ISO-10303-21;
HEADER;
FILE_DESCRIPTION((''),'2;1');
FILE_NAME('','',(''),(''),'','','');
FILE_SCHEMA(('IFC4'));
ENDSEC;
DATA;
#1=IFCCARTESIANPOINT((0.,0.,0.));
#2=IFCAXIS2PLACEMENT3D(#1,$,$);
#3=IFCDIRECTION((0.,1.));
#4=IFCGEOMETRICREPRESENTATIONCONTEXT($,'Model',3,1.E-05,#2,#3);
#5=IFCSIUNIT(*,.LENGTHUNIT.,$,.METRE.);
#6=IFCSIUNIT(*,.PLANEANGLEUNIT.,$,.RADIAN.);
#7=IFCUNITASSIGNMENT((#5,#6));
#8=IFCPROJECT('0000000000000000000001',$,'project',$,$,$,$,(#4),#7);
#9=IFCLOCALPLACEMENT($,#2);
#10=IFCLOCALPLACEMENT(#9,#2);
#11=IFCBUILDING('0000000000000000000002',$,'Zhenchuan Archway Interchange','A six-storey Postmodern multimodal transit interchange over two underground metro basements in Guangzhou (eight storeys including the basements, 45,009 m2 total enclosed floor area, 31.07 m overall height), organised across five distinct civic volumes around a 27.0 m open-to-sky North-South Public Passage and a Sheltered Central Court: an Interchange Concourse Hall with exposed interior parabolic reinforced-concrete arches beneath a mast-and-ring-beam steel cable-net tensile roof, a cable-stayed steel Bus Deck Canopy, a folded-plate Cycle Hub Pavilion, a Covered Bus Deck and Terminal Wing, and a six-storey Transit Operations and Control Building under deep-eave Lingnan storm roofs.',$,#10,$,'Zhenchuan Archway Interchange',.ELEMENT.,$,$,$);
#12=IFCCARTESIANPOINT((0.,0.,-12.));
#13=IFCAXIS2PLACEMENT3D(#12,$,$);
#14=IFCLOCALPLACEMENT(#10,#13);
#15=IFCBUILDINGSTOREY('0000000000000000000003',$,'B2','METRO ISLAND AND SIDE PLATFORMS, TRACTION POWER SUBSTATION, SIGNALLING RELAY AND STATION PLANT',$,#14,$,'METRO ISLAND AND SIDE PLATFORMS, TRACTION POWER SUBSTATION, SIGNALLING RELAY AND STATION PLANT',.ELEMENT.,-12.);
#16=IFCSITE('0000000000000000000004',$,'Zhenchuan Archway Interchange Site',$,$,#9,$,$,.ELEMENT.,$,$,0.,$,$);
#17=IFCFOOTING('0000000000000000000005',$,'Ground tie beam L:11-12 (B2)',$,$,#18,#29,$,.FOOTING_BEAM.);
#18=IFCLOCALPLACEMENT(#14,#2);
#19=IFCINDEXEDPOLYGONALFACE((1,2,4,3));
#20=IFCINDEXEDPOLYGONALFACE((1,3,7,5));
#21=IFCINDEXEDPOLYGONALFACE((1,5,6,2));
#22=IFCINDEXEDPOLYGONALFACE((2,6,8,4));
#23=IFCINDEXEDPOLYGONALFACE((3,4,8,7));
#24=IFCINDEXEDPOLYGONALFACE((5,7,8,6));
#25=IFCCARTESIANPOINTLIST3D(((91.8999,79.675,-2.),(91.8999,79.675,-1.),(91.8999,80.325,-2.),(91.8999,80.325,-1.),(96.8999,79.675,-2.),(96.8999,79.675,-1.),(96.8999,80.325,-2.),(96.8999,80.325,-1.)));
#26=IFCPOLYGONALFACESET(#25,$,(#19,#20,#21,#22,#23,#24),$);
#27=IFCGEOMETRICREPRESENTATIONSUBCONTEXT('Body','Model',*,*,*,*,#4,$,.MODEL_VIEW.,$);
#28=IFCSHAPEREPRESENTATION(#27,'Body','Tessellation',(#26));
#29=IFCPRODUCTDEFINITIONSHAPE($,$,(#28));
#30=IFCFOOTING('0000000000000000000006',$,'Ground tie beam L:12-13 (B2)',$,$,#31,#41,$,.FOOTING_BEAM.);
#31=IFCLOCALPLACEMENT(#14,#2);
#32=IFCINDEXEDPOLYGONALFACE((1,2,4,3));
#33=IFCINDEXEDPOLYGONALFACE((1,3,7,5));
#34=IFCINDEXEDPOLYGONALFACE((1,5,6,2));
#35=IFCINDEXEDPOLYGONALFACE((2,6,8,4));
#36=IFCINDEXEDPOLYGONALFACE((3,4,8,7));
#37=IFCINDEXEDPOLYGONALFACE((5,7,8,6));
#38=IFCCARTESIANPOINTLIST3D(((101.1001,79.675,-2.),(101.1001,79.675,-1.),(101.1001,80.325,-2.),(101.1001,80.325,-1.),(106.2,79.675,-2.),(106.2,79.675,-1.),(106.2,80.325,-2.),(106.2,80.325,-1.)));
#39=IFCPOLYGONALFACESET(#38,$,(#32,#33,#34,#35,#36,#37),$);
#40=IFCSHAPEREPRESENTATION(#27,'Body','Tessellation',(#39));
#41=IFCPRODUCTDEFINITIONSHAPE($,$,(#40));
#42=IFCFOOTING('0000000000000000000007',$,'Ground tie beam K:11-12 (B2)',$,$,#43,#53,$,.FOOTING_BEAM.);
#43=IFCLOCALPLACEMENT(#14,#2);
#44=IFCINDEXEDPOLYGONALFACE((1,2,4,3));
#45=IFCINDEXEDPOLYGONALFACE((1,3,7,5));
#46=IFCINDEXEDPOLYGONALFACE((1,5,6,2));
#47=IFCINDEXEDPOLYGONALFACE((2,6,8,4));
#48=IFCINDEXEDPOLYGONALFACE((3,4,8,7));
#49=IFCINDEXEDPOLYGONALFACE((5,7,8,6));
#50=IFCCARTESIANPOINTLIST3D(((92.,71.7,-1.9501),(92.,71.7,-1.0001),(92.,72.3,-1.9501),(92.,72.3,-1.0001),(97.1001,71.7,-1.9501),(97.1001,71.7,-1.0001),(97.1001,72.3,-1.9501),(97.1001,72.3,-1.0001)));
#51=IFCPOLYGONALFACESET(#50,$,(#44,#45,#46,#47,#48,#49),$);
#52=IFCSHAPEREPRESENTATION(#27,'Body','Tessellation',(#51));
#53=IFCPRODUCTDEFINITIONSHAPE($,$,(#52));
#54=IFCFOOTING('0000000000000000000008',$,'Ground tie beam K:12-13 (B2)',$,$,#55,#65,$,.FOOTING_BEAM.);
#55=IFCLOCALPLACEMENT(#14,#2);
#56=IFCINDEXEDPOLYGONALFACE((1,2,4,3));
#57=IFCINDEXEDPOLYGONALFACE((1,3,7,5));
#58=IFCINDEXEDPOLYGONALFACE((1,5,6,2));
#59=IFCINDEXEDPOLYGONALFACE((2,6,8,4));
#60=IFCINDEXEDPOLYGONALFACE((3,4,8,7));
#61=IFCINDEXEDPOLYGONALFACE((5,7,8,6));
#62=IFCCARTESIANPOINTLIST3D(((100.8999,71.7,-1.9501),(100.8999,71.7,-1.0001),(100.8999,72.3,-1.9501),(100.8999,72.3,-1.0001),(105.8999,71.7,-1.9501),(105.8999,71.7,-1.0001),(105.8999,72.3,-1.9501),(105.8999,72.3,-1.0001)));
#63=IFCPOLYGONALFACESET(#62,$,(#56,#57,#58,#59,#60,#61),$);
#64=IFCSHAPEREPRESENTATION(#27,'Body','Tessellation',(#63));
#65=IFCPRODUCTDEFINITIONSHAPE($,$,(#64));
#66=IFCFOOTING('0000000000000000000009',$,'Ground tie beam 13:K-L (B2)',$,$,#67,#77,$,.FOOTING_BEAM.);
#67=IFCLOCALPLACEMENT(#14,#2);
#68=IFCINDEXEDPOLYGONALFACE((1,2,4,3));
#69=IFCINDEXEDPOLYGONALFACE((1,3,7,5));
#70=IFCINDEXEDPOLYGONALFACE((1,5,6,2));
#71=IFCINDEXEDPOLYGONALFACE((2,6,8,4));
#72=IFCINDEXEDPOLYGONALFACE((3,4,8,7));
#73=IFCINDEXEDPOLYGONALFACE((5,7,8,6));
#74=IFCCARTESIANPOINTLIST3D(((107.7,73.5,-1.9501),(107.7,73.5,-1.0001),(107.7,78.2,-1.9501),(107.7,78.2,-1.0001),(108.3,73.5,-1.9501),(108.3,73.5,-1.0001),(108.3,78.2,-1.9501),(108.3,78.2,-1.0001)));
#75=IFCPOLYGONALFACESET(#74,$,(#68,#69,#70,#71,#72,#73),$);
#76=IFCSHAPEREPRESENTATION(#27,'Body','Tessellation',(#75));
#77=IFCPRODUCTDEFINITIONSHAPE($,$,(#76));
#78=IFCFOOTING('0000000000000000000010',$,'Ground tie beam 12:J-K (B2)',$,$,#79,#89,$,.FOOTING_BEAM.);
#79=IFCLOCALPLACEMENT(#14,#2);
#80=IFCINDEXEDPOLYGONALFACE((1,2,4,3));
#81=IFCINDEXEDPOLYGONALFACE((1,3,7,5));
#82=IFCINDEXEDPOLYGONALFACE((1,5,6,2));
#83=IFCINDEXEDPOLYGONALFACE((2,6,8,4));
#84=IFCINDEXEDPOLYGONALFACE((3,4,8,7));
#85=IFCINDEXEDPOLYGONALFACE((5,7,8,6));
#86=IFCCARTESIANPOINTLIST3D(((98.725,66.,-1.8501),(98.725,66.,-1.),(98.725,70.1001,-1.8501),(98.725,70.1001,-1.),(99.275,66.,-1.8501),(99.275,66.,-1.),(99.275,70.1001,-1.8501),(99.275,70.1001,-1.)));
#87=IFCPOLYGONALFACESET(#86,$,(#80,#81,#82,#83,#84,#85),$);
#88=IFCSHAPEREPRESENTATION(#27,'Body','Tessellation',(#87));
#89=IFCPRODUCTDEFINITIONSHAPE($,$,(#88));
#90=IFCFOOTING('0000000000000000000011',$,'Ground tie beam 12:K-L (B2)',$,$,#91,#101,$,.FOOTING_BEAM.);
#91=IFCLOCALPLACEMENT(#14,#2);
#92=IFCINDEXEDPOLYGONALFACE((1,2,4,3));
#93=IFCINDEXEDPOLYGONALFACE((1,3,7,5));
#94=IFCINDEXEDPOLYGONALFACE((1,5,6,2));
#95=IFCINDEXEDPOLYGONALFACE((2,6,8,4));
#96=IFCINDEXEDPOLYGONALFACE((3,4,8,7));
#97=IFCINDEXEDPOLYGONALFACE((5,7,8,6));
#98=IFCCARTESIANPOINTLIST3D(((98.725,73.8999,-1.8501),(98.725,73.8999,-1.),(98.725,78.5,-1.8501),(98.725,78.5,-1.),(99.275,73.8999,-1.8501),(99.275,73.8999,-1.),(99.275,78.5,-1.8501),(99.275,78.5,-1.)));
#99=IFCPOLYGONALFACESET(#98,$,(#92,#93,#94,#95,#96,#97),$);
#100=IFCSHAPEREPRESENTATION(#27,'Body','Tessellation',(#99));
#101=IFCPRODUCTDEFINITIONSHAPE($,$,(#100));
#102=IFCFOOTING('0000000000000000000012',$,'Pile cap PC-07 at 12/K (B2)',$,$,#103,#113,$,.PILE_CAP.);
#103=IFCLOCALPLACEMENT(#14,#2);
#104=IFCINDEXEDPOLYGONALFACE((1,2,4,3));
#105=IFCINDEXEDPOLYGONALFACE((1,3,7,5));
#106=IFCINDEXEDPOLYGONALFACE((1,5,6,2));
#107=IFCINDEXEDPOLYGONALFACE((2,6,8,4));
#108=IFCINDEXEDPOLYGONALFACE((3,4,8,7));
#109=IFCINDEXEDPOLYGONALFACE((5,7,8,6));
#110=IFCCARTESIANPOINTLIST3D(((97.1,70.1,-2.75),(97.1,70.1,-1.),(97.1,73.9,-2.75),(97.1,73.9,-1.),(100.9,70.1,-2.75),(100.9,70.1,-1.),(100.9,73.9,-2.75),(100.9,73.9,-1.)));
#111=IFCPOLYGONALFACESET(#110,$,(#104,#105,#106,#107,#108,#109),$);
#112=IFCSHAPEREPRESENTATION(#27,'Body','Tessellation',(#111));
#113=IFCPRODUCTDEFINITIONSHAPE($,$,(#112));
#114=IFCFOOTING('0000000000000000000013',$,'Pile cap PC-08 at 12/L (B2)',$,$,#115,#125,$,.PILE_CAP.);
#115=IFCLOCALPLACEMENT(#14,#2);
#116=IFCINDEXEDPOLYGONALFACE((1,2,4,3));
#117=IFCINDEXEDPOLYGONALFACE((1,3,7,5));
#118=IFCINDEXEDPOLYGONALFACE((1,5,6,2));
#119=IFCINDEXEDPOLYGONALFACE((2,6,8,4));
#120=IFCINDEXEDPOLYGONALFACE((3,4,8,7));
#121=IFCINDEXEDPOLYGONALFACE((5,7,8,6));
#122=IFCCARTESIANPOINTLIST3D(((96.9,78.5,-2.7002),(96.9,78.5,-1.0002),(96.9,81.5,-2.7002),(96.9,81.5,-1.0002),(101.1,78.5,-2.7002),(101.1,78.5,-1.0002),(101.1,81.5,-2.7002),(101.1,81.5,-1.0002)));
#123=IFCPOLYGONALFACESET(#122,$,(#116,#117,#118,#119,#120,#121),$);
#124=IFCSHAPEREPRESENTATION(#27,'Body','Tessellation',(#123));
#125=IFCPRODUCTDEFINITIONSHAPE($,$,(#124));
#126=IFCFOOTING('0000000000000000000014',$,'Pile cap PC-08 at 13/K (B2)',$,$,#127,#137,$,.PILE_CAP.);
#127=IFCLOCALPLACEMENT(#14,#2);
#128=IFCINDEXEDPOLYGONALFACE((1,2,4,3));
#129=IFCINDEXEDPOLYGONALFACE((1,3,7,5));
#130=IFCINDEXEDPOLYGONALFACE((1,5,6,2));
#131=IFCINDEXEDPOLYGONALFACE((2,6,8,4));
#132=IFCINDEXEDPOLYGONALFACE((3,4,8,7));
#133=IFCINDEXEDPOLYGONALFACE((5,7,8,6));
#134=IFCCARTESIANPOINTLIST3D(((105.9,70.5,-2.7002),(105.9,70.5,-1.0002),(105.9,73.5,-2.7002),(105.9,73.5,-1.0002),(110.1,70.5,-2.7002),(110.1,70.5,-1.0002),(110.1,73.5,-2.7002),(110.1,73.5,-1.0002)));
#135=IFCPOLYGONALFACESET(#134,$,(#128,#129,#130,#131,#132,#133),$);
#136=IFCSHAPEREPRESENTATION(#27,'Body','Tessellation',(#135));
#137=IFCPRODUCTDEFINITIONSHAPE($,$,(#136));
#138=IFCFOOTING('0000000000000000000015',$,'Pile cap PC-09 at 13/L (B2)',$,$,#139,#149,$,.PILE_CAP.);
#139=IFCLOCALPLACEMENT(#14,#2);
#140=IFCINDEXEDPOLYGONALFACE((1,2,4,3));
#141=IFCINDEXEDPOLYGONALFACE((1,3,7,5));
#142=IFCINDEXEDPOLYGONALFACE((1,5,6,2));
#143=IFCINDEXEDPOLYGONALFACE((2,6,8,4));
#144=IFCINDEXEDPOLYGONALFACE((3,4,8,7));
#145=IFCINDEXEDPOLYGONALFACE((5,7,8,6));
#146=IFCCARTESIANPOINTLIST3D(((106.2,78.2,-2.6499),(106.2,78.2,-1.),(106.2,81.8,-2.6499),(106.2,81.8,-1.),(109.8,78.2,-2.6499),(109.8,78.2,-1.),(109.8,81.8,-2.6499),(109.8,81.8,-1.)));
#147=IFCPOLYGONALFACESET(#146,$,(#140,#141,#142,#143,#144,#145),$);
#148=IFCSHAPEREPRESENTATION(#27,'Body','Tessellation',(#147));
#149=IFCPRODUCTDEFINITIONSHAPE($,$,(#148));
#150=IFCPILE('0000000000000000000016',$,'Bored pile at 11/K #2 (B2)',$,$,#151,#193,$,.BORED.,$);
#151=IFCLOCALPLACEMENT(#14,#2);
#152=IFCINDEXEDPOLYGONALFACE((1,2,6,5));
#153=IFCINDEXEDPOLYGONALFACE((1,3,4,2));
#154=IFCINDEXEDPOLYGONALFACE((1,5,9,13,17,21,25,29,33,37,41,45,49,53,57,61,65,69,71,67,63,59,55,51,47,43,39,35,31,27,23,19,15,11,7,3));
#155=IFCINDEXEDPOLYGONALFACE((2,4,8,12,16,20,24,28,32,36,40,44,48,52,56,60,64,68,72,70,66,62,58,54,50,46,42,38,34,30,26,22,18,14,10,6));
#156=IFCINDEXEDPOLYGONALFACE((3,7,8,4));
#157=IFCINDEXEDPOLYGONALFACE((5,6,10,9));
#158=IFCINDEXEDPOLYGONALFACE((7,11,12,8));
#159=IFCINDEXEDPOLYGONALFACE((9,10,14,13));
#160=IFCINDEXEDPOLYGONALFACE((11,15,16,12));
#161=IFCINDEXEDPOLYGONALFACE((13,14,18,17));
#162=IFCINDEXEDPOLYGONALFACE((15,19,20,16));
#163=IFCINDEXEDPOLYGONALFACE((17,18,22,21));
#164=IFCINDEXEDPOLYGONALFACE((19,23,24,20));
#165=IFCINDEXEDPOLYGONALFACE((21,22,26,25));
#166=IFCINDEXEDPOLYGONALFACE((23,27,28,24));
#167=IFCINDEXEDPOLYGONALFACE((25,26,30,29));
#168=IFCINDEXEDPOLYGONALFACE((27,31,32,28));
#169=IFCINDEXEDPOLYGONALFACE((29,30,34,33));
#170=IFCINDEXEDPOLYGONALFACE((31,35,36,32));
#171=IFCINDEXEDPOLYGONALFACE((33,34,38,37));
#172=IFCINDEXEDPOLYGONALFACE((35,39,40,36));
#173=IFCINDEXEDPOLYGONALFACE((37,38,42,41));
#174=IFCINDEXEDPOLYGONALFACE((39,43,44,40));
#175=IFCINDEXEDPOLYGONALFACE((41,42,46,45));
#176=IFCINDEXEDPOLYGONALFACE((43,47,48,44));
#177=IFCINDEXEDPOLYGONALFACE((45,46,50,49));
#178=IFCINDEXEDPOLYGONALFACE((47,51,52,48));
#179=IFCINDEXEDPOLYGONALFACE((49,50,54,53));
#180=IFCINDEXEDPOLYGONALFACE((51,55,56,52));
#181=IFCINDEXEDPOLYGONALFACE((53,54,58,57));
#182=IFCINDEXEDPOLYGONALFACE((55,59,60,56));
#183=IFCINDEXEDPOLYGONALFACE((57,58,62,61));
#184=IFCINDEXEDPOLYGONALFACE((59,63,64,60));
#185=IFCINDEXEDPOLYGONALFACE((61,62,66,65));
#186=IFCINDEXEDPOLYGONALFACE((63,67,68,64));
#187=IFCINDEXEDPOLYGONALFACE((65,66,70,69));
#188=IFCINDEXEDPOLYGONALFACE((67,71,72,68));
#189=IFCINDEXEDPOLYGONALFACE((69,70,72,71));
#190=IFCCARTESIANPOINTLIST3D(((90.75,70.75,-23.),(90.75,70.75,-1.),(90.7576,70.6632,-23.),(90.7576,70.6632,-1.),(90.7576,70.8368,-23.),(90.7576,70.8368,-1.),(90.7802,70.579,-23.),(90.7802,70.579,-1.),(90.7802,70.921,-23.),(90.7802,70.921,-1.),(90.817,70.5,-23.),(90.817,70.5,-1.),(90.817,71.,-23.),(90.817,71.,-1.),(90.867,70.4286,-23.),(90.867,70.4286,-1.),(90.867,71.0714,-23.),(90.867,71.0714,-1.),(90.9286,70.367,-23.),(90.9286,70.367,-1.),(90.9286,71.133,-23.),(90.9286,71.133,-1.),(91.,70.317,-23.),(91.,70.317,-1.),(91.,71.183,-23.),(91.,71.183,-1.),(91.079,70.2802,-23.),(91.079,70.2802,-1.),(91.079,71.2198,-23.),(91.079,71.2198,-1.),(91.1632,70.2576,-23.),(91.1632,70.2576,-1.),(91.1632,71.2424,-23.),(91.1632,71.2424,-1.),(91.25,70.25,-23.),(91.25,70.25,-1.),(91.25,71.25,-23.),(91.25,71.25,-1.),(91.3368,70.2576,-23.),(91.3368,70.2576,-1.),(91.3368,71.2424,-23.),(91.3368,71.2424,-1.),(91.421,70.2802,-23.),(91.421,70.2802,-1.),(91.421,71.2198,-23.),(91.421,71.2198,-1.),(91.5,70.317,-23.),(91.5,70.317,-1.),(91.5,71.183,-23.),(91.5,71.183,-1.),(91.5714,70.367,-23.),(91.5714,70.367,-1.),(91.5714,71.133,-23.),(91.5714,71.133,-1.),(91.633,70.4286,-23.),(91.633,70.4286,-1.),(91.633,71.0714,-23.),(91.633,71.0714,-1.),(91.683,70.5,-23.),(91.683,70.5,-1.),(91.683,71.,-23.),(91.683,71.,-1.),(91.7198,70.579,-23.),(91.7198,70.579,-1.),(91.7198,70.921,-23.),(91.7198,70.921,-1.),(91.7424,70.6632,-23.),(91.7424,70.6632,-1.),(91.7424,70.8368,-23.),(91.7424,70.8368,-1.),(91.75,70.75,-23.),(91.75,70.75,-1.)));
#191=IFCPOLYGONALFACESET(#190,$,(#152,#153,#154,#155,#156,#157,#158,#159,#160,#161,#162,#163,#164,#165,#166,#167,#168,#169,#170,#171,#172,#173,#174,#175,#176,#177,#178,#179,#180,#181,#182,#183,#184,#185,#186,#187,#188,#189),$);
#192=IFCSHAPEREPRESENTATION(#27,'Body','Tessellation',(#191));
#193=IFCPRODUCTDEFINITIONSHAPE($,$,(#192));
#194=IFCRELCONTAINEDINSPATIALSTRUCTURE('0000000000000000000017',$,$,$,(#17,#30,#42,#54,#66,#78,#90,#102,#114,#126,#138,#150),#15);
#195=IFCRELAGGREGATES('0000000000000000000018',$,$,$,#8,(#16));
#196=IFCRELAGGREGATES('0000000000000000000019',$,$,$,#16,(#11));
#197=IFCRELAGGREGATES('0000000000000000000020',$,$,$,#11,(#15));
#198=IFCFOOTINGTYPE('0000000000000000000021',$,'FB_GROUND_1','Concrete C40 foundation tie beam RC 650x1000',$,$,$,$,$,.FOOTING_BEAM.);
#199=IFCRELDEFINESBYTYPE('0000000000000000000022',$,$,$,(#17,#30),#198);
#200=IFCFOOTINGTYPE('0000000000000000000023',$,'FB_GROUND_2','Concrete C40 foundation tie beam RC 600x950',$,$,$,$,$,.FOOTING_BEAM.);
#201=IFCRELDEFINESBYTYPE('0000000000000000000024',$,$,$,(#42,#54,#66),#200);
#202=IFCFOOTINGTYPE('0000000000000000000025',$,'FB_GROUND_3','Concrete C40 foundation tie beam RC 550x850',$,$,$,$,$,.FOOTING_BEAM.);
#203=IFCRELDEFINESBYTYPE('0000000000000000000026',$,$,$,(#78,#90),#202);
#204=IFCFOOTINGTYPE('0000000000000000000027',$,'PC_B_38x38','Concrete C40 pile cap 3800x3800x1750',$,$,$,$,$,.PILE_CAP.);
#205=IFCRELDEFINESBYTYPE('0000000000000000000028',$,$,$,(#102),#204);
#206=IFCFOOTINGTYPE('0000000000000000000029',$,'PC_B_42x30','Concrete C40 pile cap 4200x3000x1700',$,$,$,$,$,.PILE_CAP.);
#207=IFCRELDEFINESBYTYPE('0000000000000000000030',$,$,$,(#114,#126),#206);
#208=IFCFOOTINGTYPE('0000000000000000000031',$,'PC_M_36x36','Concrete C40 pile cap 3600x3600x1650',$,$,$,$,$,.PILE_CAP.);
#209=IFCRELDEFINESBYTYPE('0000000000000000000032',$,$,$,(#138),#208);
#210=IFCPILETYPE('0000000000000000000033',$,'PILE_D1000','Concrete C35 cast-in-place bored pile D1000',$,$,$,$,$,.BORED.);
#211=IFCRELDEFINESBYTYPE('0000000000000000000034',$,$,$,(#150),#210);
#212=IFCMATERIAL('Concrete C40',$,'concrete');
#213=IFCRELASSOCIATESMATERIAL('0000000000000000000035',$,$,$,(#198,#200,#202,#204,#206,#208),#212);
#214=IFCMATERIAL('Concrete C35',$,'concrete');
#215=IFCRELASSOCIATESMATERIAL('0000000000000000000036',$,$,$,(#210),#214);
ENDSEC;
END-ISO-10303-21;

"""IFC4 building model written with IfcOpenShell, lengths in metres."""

from ifc_helpers import new_model, si_unit, direction, frame, origin, origin_2d, place, context, subcontext, project, spatial, rectangle, circle, extrude, material, material_profile, profile_set, type_object, element, save


model = new_model("IFC4")

# Units and contexts
model_context = context("Model", 3, precision=1e-05, world=origin(), true_north=direction((0.0, 1.0)))
body_context = subcontext(model_context, "Body", "Model", "MODEL_VIEW")
ifc_project = project(units=[si_unit("LENGTHUNIT", "METRE"), si_unit("PLANEANGLEUNIT", "RADIAN")], contexts=[model_context])

# Site, building, storey
site_placement = place(None, origin())
site = spatial("IfcSite", under=ifc_project, at=site_placement, Name="Zhenchuan Archway Interchange Site", CompositionType="ELEMENT", RefElevation=0.0)
building_placement = place(site_placement, origin())
building = spatial("IfcBuilding", under=site, at=building_placement, Name="Zhenchuan Archway Interchange", Description="A six-storey Postmodern multimodal transit interchange over two underground metro basements in Guangzhou (eight storeys including the basements, 45,009 m2 total enclosed floor area, 31.07 m overall height), organised across five distinct civic volumes around a 27.0 m open-to-sky North-South Public Passage and a Sheltered Central Court: an Interchange Concourse Hall with exposed interior parabolic reinforced-concrete arches beneath a mast-and-ring-beam steel cable-net tensile roof, a cable-stayed steel Bus Deck Canopy, a folded-plate Cycle Hub Pavilion, a Covered Bus Deck and Terminal Wing, and a six-storey Transit Operations and Control Building under deep-eave Lingnan storm roofs.", LongName="Zhenchuan Archway Interchange", CompositionType="ELEMENT")
storey_placement = place(building_placement, frame((0.0, 0.0, -12.0)))
storey = spatial("IfcBuildingStorey", under=building, at=storey_placement, Name="B2", Description="METRO ISLAND AND SIDE PLATFORMS, TRACTION POWER SUBSTATION, SIGNALLING RELAY AND STATION PLANT", LongName="METRO ISLAND AND SIDE PLATFORMS, TRACTION POWER SUBSTATION, SIGNALLING RELAY AND STATION PLANT", CompositionType="ELEMENT", Elevation=-12.0)

# Footings
ifc_material_1 = material(Name="Concrete C40", Category="concrete")
ifc_material_profile_1 = material_profile(ifc_material_1, rectangle(XDim=0.6499, YDim=1.0, at=origin_2d()), Name="RC 650x1000")
ifc_profile_set_1 = profile_set([ifc_material_profile_1], Name="Concrete C40")
footing_type_1 = type_object("IfcFootingType", Name="FB_GROUND_1", Description="Concrete C40 foundation tie beam RC 650x1000", PredefinedType="FOOTING_BEAM", material=ifc_profile_set_1)
footing_1_placement = place(storey_placement, frame((91.8999, 80.0, -1.5), z_axis=(1.0, 0.0, 0.0), x_axis=(0.0, 1.0, 0.0)))
element("IfcFooting", 1, at=footing_1_placement, inside=storey, type_object=footing_type_1, Name="Ground tie beam L:11-12 (B2)", PredefinedType="FOOTING_BEAM", context=body_context, shape_type="SweptSolid", body=[
    extrude(rectangle(XDim=0.6499, YDim=1.0, at=origin_2d()), origin(), (0.0, 0.0, 1.0), 5.0),
])
footing_2_placement = place(storey_placement, frame((101.1001, 80.0, -1.5), z_axis=(1.0, 0.0, 0.0), x_axis=(0.0, 1.0, 0.0)))
element("IfcFooting", 2, at=footing_2_placement, inside=storey, type_object=footing_type_1, Name="Ground tie beam L:12-13 (B2)", PredefinedType="FOOTING_BEAM", context=body_context, shape_type="SweptSolid", body=[
    extrude(rectangle(XDim=0.6499, YDim=1.0, at=origin_2d()), origin(), (0.0, 0.0, 1.0), 5.0999),
])
ifc_material_profile_2 = material_profile(ifc_material_1, rectangle(XDim=0.6001, YDim=0.95, at=origin_2d()), Name="RC 600x950")
ifc_profile_set_2 = profile_set([ifc_material_profile_2], Name="Concrete C40")
footing_type_2 = type_object("IfcFootingType", Name="FB_GROUND_2", Description="Concrete C40 foundation tie beam RC 600x950", PredefinedType="FOOTING_BEAM", material=ifc_profile_set_2)
footing_3_placement = place(storey_placement, frame((92.0, 72.0, -1.4751), z_axis=(1.0, 0.0, 0.0), x_axis=(0.0, 1.0, 0.0)))
element("IfcFooting", 3, at=footing_3_placement, inside=storey, type_object=footing_type_2, Name="Ground tie beam K:11-12 (B2)", PredefinedType="FOOTING_BEAM", context=body_context, shape_type="SweptSolid", body=[
    extrude(rectangle(XDim=0.6001, YDim=0.95, at=origin_2d()), origin(), (0.0, 0.0, 1.0), 5.1001),
])
footing_4_placement = place(storey_placement, frame((100.8999, 72.0, -1.4751), z_axis=(1.0, 0.0, 0.0), x_axis=(0.0, 1.0, 0.0)))
element("IfcFooting", 4, at=footing_4_placement, inside=storey, type_object=footing_type_2, Name="Ground tie beam K:12-13 (B2)", PredefinedType="FOOTING_BEAM", context=body_context, shape_type="SweptSolid", body=[
    extrude(rectangle(XDim=0.6001, YDim=0.95, at=origin_2d()), origin(), (0.0, 0.0, 1.0), 5.0),
])
footing_5_placement = place(storey_placement, frame((108.0, 73.5, -1.4751), z_axis=(0.0, 1.0, 0.0), x_axis=(-1.0, 0.0, 0.0)))
element("IfcFooting", 5, at=footing_5_placement, inside=storey, type_object=footing_type_2, Name="Ground tie beam 13:K-L (B2)", PredefinedType="FOOTING_BEAM", context=body_context, shape_type="SweptSolid", body=[
    extrude(rectangle(XDim=0.6001, YDim=0.95, at=origin_2d()), origin(), (0.0, 0.0, 1.0), 4.7),
])
ifc_material_profile_3 = material_profile(ifc_material_1, rectangle(XDim=0.55, YDim=0.8501, at=origin_2d()), Name="RC 550x850")
ifc_profile_set_3 = profile_set([ifc_material_profile_3], Name="Concrete C40")
footing_type_3 = type_object("IfcFootingType", Name="FB_GROUND_3", Description="Concrete C40 foundation tie beam RC 550x850", PredefinedType="FOOTING_BEAM", material=ifc_profile_set_3)
footing_6_placement = place(storey_placement, frame((99.0, 66.0, -1.425), z_axis=(0.0, 1.0, 0.0), x_axis=(-1.0, 0.0, 0.0)))
element("IfcFooting", 6, at=footing_6_placement, inside=storey, type_object=footing_type_3, Name="Ground tie beam 12:J-K (B2)", PredefinedType="FOOTING_BEAM", context=body_context, shape_type="SweptSolid", body=[
    extrude(rectangle(XDim=0.55, YDim=0.8501, at=origin_2d()), origin(), (0.0, 0.0, 1.0), 4.1001),
])
footing_7_placement = place(storey_placement, frame((99.0, 73.8999, -1.425), z_axis=(0.0, 1.0, 0.0), x_axis=(-1.0, 0.0, 0.0)))
element("IfcFooting", 7, at=footing_7_placement, inside=storey, type_object=footing_type_3, Name="Ground tie beam 12:K-L (B2)", PredefinedType="FOOTING_BEAM", context=body_context, shape_type="SweptSolid", body=[
    extrude(rectangle(XDim=0.55, YDim=0.8501, at=origin_2d()), origin(), (0.0, 0.0, 1.0), 4.6001),
])
footing_type_4 = type_object("IfcFootingType", Name="PC_B_38x38", Description="Concrete C40 pile cap 3800x3800x1750", PredefinedType="PILE_CAP", material=ifc_material_1)
footing_8_placement = place(storey_placement, frame((99.0, 72.0, -2.75), z_axis=(0.0, 0.0, 1.0), x_axis=(1.0, 0.0, 0.0)))
element("IfcFooting", 8, at=footing_8_placement, inside=storey, type_object=footing_type_4, Name="Pile cap PC-07 at 12/K (B2)", PredefinedType="PILE_CAP", context=body_context, shape_type="SweptSolid", body=[
    extrude(rectangle(XDim=3.8, YDim=3.8, at=origin_2d()), origin(), (0.0, 0.0, 1.0), 1.75),
])
footing_type_5 = type_object("IfcFootingType", Name="PC_B_42x30", Description="Concrete C40 pile cap 4200x3000x1700", PredefinedType="PILE_CAP", material=ifc_material_1)
for number, where, z_axis, x_axis, name in (
    (9, (99.0, 80.0, -2.7002), (0.0, 0.0, 1.0), (1.0, 0.0, 0.0), "Pile cap PC-08 at 12/L (B2)"),
    (10, (108.0, 72.0, -2.7002), (0.0, 0.0, 1.0), (1.0, 0.0, 0.0), "Pile cap PC-08 at 13/K (B2)"),
):
    element("IfcFooting", number, at=place(storey_placement, frame(where, z_axis=z_axis, x_axis=x_axis)), inside=storey, type_object=footing_type_5, Name=name, PredefinedType="PILE_CAP", context=body_context, shape_type="SweptSolid", body=[
        extrude(rectangle(XDim=4.2, YDim=3.0, at=origin_2d()), origin(), (0.0, 0.0, 1.0), 1.7),
    ])
footing_type_6 = type_object("IfcFootingType", Name="PC_M_36x36", Description="Concrete C40 pile cap 3600x3600x1650", PredefinedType="PILE_CAP", material=ifc_material_1)
footing_9_placement = place(storey_placement, frame((108.0, 80.0, -2.6499), z_axis=(0.0, 0.0, 1.0), x_axis=(1.0, 0.0, 0.0)))
element("IfcFooting", 11, at=footing_9_placement, inside=storey, type_object=footing_type_6, Name="Pile cap PC-09 at 13/L (B2)", PredefinedType="PILE_CAP", context=body_context, shape_type="SweptSolid", body=[
    extrude(rectangle(XDim=3.6001, YDim=3.6001, at=origin_2d()), origin(), (0.0, 0.0, 1.0), 1.6499),
])

# Pile
ifc_material_2 = material(Name="Concrete C35", Category="concrete")
ifc_material_profile_4 = material_profile(ifc_material_2, circle(Radius=0.5, at=origin_2d()), Name="BORED PILE 1000")
ifc_profile_set_4 = profile_set([ifc_material_profile_4], Name="Concrete C35")
pile_type_1 = type_object("IfcPileType", Name="PILE_D1000", Description="Concrete C35 cast-in-place bored pile D1000", PredefinedType="BORED", material=ifc_profile_set_4)
for number, where, z_axis, x_axis, name in (
    (12, (91.25, 70.75, -1.0), (0.0, 0.0, -1.0), (1.0, 0.0, 0.0), "Bored pile at 11/K #2 (B2)"),
):
    element("IfcPile", number, at=place(storey_placement, frame(where, z_axis=z_axis, x_axis=x_axis)), inside=storey, type_object=pile_type_1, Name=name, PredefinedType="BORED", context=body_context, shape_type="SweptSolid", body=[
        extrude(circle(Radius=0.5, at=origin_2d()), origin(), (0.0, 0.0, 1.0), 22.0),
    ])

save(model, "model.ifc")
